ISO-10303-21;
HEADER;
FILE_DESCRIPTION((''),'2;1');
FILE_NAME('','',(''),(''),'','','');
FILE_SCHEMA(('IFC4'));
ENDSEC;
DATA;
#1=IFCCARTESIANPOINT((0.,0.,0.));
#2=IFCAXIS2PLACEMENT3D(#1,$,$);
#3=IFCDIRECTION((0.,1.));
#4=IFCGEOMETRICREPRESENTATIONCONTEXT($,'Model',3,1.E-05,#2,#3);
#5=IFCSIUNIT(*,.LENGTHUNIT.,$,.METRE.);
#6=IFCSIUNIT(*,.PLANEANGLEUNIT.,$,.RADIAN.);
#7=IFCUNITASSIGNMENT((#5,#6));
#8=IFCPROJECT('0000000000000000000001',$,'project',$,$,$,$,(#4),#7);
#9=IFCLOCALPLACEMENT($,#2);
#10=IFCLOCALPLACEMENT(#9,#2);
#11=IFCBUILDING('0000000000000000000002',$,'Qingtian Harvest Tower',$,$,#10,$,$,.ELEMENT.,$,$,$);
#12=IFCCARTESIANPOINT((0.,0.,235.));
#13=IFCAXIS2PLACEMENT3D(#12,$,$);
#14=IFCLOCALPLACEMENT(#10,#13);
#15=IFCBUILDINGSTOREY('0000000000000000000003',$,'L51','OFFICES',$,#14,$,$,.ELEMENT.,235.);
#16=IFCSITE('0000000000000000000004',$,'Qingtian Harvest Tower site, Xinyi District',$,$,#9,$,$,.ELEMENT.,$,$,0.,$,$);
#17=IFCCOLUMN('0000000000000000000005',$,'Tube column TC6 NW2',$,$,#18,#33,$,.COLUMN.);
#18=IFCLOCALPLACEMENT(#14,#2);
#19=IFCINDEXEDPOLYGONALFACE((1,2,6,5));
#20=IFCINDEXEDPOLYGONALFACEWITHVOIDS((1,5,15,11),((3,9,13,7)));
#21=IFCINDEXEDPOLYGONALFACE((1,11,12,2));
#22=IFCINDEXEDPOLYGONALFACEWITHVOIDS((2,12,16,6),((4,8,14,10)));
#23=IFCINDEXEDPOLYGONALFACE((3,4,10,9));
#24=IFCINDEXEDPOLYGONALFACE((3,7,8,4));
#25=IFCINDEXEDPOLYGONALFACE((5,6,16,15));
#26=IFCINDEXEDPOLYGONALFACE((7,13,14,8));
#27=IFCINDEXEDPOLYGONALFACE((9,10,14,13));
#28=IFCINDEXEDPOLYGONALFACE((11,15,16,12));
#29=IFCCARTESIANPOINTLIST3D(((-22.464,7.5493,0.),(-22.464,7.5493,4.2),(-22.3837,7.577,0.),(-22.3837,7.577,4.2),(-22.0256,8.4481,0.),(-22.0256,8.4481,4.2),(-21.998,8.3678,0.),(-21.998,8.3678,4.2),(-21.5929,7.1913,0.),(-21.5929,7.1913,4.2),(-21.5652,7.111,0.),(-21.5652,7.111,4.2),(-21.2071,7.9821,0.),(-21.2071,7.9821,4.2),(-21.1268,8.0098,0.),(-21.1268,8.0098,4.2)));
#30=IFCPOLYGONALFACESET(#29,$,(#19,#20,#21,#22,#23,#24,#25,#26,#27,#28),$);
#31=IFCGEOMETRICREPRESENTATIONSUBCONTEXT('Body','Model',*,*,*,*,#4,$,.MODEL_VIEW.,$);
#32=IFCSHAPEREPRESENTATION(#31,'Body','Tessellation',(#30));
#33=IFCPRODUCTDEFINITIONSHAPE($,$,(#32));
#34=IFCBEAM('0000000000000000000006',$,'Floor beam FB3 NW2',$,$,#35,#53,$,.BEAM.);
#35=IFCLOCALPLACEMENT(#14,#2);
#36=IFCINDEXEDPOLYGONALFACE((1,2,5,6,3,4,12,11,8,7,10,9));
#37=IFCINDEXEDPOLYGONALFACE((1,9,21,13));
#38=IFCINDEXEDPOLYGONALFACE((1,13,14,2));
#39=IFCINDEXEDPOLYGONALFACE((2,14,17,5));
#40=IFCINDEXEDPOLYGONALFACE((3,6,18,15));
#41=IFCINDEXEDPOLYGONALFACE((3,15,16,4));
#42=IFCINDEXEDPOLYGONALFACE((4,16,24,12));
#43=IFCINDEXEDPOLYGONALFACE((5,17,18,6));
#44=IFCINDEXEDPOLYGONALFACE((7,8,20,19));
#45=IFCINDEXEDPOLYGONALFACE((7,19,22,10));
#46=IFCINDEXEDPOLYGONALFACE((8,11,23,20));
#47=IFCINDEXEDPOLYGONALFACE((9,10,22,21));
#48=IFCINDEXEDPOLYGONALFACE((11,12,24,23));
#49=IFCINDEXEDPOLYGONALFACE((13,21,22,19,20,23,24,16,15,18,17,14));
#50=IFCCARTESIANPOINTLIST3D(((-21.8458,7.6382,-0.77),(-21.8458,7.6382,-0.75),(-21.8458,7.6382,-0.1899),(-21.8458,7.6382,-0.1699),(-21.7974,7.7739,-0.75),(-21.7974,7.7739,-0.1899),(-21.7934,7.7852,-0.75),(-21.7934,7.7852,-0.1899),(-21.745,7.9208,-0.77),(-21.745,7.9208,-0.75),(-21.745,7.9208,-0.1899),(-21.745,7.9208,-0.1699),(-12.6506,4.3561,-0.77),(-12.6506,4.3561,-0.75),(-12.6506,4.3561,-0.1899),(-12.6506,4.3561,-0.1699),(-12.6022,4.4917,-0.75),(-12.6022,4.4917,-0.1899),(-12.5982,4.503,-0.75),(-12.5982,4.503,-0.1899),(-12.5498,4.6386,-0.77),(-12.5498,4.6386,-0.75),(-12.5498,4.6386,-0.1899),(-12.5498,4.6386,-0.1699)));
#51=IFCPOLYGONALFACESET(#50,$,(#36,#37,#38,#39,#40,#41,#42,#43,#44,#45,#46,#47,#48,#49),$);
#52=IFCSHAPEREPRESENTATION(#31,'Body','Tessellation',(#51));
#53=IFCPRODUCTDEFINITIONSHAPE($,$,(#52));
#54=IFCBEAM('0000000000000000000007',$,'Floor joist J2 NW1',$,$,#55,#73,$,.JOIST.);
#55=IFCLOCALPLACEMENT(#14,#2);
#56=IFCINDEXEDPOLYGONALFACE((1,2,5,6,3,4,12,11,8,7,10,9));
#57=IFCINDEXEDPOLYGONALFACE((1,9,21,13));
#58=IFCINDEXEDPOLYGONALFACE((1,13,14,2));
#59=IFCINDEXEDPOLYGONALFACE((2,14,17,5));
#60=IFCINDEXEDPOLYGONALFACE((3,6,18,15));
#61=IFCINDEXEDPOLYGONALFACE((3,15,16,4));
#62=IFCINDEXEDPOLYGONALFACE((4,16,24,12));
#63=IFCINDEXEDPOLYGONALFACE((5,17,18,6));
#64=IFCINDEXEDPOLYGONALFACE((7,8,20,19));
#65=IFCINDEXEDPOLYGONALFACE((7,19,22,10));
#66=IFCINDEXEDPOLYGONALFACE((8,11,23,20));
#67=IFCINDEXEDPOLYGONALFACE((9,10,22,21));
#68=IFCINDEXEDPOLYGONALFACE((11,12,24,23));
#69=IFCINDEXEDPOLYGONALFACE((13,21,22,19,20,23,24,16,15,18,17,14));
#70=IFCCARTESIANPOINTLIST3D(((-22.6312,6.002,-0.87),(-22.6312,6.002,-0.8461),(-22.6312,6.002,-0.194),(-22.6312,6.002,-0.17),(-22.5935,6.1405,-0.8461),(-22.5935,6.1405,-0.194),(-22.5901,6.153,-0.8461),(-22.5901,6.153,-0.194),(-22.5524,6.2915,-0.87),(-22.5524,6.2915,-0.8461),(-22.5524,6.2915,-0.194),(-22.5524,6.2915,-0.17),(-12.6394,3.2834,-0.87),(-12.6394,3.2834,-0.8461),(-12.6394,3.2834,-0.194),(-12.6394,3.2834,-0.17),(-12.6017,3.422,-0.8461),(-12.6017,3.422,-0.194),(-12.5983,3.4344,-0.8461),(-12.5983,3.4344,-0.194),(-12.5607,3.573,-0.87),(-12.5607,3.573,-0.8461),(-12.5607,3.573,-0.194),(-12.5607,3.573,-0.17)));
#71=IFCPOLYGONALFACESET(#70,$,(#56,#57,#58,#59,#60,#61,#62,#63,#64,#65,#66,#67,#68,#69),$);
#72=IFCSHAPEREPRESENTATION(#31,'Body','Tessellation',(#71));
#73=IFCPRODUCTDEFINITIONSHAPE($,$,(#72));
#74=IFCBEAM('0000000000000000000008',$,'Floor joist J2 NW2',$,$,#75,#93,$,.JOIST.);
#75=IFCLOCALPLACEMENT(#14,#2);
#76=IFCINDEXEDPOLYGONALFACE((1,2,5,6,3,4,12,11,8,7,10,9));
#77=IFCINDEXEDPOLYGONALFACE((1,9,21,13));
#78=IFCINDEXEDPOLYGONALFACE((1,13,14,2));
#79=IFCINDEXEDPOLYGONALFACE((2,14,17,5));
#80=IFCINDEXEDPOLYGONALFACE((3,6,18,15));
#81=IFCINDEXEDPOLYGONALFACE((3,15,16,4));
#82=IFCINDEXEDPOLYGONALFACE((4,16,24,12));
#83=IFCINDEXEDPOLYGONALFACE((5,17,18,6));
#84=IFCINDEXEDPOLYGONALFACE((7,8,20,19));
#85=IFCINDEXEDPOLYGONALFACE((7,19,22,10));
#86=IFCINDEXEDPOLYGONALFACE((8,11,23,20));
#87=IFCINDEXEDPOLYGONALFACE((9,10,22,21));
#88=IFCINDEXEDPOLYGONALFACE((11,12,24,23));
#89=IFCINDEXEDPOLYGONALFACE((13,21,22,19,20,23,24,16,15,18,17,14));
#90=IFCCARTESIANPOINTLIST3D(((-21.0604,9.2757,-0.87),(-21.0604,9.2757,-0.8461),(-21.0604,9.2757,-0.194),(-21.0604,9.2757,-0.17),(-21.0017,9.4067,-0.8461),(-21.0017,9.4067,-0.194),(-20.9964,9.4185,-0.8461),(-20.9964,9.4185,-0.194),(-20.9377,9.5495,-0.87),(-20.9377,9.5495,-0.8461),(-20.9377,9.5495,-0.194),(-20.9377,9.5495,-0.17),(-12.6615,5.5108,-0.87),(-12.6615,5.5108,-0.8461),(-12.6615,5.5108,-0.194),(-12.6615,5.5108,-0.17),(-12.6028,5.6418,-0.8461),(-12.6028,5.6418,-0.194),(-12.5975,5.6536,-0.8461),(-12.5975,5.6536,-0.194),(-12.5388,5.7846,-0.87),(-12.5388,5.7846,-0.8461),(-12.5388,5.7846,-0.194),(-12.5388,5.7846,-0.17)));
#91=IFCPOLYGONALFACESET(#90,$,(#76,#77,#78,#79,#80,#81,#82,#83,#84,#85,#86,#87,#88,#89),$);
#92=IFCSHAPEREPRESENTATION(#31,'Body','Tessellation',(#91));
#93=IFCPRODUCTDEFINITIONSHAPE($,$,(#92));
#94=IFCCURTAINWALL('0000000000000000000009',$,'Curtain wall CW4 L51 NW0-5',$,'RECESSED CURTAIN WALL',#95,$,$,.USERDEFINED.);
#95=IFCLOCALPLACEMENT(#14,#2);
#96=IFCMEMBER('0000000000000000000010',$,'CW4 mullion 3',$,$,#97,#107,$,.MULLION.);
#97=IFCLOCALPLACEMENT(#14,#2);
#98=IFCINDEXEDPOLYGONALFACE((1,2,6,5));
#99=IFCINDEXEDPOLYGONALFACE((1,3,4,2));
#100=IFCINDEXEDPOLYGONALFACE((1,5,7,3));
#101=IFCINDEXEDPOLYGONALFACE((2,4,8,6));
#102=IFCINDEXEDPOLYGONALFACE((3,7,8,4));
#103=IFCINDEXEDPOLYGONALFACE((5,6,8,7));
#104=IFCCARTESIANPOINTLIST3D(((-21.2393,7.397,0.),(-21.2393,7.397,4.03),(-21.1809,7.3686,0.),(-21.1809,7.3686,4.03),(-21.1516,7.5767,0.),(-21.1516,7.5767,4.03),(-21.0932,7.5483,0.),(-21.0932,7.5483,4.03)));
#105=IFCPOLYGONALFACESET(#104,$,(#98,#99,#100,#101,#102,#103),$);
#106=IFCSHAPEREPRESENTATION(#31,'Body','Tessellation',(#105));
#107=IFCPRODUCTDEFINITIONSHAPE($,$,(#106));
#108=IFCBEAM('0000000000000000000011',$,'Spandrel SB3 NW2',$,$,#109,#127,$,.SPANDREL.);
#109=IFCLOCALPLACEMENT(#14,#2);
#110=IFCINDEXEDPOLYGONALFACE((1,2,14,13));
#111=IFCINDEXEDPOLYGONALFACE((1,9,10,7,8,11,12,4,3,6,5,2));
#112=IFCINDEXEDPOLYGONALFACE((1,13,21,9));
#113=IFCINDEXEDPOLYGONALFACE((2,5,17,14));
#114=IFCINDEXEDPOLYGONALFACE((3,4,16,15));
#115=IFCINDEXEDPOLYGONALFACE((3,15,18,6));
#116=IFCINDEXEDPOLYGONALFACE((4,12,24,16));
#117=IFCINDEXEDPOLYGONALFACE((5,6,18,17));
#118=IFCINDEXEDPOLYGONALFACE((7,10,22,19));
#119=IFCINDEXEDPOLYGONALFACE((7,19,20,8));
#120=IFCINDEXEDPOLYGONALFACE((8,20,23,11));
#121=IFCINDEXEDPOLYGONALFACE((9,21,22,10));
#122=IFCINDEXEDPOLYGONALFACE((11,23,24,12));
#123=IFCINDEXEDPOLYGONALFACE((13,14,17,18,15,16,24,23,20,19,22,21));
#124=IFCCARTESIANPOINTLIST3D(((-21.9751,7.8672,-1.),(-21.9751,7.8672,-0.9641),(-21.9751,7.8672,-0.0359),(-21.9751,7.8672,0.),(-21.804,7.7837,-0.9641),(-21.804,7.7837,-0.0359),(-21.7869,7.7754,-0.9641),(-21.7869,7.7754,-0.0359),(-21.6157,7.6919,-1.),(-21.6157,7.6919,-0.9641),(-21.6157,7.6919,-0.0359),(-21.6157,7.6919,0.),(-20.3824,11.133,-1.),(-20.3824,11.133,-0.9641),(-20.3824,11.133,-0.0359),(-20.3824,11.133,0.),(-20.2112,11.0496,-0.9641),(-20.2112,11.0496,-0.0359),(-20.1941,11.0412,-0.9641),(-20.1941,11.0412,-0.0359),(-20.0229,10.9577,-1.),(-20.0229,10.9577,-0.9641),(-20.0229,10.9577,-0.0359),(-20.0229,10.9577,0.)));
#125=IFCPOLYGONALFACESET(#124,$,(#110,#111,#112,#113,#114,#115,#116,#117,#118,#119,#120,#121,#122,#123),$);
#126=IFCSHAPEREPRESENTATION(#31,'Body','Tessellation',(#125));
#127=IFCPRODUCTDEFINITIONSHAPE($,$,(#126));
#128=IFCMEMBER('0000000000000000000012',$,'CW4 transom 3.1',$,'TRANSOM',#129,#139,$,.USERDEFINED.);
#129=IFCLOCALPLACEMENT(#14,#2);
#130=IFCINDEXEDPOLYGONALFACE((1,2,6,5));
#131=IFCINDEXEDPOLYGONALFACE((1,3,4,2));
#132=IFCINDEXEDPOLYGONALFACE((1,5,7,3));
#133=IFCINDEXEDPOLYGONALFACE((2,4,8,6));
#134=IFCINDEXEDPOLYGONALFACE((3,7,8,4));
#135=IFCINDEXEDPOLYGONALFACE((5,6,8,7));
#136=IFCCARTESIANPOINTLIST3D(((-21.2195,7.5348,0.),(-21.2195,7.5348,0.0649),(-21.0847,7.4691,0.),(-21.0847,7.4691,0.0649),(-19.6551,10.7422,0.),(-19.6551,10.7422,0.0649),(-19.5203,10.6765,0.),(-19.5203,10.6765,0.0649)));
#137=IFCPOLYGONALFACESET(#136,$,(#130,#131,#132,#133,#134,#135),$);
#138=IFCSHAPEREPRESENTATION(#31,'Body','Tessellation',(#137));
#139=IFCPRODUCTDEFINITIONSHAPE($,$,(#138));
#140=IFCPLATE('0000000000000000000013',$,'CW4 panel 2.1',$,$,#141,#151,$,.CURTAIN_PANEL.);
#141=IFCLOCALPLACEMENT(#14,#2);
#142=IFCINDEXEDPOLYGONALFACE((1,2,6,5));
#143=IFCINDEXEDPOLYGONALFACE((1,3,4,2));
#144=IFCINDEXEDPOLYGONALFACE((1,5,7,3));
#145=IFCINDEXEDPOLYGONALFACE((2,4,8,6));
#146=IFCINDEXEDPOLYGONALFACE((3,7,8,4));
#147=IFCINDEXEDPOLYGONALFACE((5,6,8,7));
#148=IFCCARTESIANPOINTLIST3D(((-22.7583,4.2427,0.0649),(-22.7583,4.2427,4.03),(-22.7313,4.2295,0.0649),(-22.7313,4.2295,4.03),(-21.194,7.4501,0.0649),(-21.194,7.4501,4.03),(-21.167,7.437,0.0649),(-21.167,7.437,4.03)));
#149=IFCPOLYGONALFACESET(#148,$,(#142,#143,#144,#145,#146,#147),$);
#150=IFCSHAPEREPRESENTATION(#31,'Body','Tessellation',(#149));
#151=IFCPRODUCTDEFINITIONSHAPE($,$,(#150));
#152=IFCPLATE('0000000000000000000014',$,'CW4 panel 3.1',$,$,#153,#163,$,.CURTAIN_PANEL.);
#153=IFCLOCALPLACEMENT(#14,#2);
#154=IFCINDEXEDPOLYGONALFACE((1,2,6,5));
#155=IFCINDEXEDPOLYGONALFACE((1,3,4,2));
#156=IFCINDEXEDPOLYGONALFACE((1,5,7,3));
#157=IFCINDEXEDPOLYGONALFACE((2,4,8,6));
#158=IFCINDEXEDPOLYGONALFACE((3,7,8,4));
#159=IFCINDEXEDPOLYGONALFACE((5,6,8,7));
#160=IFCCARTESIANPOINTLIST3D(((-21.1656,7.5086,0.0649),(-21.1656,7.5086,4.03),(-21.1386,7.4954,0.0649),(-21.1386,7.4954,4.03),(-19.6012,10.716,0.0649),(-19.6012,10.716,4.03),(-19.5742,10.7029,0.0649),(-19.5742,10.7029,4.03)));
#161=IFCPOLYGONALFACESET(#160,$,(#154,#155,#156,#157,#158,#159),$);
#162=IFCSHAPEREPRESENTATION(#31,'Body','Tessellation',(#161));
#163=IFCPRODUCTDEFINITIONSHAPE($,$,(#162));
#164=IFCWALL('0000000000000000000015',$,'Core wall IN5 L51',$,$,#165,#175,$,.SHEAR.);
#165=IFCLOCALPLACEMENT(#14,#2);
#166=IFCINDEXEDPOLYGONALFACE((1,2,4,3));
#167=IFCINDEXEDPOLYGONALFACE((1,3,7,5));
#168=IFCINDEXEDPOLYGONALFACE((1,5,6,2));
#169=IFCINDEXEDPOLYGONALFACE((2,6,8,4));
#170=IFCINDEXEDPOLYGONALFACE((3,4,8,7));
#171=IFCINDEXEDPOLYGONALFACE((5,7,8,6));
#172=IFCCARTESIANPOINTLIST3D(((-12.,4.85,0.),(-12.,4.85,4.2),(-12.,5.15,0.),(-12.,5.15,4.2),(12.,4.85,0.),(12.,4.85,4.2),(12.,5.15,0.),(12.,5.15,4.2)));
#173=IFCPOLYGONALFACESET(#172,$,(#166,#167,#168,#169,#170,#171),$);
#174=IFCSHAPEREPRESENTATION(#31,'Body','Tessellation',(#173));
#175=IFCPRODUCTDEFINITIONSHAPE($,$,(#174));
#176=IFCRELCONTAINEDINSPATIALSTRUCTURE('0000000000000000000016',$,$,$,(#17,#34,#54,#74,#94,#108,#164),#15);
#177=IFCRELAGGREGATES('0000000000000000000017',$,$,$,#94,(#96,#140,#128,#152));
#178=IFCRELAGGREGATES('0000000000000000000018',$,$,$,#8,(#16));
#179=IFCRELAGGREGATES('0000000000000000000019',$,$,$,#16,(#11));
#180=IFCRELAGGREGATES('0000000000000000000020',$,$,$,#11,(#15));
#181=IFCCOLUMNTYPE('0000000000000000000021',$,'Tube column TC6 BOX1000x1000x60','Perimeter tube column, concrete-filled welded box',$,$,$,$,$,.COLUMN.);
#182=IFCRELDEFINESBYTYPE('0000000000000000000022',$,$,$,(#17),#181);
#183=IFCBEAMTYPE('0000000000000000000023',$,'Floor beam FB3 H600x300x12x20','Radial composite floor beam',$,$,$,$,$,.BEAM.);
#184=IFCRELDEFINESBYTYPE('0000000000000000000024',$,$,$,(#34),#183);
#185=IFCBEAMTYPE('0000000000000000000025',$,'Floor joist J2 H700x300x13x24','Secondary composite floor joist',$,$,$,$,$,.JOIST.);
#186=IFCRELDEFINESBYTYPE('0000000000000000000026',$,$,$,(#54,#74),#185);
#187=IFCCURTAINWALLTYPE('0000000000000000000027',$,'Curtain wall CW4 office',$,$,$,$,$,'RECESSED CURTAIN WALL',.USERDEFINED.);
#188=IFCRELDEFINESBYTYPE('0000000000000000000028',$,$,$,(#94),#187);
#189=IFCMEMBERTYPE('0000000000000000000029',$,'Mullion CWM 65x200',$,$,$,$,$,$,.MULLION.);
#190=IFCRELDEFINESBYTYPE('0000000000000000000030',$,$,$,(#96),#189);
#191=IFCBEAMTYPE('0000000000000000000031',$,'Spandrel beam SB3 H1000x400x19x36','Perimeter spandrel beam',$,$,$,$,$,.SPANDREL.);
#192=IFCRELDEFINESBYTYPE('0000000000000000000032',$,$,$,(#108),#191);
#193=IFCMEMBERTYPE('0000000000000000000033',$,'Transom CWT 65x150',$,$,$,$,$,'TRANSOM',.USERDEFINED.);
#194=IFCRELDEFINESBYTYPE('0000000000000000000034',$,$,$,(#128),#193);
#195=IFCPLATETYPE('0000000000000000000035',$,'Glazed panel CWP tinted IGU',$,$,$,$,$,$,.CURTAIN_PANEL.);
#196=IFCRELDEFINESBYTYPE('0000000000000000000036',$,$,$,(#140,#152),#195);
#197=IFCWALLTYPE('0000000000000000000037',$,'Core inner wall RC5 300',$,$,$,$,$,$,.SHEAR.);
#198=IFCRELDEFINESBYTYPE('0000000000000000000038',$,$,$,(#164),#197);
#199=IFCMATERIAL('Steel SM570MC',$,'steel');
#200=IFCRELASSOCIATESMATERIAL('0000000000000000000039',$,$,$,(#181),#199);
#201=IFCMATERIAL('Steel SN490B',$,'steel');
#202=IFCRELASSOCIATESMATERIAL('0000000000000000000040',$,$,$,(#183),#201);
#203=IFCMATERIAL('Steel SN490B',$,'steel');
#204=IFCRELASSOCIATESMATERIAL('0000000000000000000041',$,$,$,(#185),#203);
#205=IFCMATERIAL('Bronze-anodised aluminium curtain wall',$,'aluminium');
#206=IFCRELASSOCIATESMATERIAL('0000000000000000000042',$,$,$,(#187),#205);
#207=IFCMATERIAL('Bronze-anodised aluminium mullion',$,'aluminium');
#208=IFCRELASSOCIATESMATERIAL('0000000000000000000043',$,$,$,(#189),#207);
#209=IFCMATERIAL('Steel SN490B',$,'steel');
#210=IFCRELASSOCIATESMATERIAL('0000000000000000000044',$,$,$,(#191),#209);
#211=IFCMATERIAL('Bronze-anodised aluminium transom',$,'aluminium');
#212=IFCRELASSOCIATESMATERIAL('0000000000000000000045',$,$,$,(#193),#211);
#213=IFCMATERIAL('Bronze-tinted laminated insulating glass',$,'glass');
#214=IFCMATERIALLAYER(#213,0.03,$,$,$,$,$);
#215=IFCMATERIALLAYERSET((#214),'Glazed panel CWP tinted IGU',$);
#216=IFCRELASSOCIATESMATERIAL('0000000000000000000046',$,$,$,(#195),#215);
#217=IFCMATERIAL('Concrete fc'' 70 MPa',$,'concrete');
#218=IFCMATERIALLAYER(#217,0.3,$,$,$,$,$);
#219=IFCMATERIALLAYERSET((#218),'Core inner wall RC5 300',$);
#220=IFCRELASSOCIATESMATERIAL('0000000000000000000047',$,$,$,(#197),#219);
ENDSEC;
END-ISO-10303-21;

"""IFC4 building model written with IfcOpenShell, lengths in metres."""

from ifc_helpers import new_model, si_unit, direction, frame, frame_2d, origin, origin_2d, place, context, subcontext, project, spatial, rectangle, hollow_rectangle, i_section, extrude, material, layer, layer_set, material_profile, profile_set, type_object, element, aggregate, save


model = new_model("IFC4")

# Units and contexts
model_context = context("Model", 3, precision=1e-05, world=origin(), true_north=direction((0.0, 1.0)))
body_context = subcontext(model_context, "Body", "Model", "MODEL_VIEW")
ifc_project = project(units=[si_unit("LENGTHUNIT", "METRE"), si_unit("PLANEANGLEUNIT", "RADIAN")], contexts=[model_context])

# Site, building, storey
site_placement = place(None, origin())
site = spatial("IfcSite", under=ifc_project, at=site_placement, Name="Qingtian Harvest Tower site, Xinyi District", CompositionType="ELEMENT", RefElevation=0.0)
building_placement = place(site_placement, origin())
building = spatial("IfcBuilding", under=site, at=building_placement, Name="Qingtian Harvest Tower", CompositionType="ELEMENT")
storey_placement = place(building_placement, frame((0.0, 0.0, 235.0)))
storey = spatial("IfcBuildingStorey", under=building, at=storey_placement, Name="L51", Description="OFFICES", CompositionType="ELEMENT", Elevation=235.0)

# Column
ifc_material_1 = material(Name="Steel SM570MC", Category="steel")
ifc_material_profile_1 = material_profile(ifc_material_1, hollow_rectangle(XDim=1.0, YDim=1.0, WallThickness=0.0601, at=origin_2d()), Name="BOX1000x1000x60")
ifc_profile_set_1 = profile_set([ifc_material_profile_1], Name="Steel SM570MC")
column_type = type_object("IfcColumnType", Name="Tube column TC6 BOX1000x1000x60", Description="Perimeter tube column, concrete-filled welded box", PredefinedType="COLUMN", material=ifc_profile_set_1)
column_placement = place(storey_placement, frame((-21.7954, 7.7795, 0.0), z_axis=(0.0, 0.0, 1.0), x_axis=(-0.438371, -0.898794, 0.0)))
element("IfcColumn", 1, at=column_placement, inside=storey, type_object=column_type, Name="Tube column TC6 NW2", PredefinedType="COLUMN", context=body_context, shape_type="SweptSolid", body=[
    extrude(hollow_rectangle(XDim=1.0, YDim=1.0, WallThickness=0.0601, at=origin_2d()), origin(), (0.0, 0.0, 1.0), 4.2),
])

# Beams
ifc_material_2 = material(Name="Steel SN490B", Category="steel")
ifc_material_profile_2 = material_profile(ifc_material_2, i_section(OverallWidth=0.3, OverallDepth=0.6001, WebThickness=0.012, FlangeThickness=0.02, at=origin_2d()), Name="H600x300x12x20")
ifc_profile_set_2 = profile_set([ifc_material_profile_2], Name="Steel SN490B")
beam_type_1 = type_object("IfcBeamType", Name="Floor beam FB3 H600x300x12x20", Description="Radial composite floor beam", PredefinedType="BEAM", material=ifc_profile_set_2)
beam_1_placement = place(storey_placement, frame((-21.7954, 7.7795, -0.47), z_axis=(0.941801, -0.336172, 0.0), x_axis=(0.336172, 0.941801, 0.0)))
element("IfcBeam", 2, at=beam_1_placement, inside=storey, type_object=beam_type_1, Name="Floor beam FB3 NW2", PredefinedType="BEAM", context=body_context, shape_type="SweptSolid", body=[
    extrude(i_section(OverallWidth=0.3, OverallDepth=0.6001, WebThickness=0.012, FlangeThickness=0.02, at=origin_2d()), origin(), (0.0, 0.0, 1.0), 9.7634),
])
ifc_material_3 = material(Name="Steel SN490B", Category="steel")
ifc_material_profile_3 = material_profile(ifc_material_3, i_section(OverallWidth=0.3, OverallDepth=0.7, WebThickness=0.0129, FlangeThickness=0.0239, at=origin_2d()), Name="H700x300x13x24")
ifc_profile_set_3 = profile_set([ifc_material_profile_3], Name="Steel SN490B")
beam_type_2 = type_object("IfcBeamType", Name="Floor joist J2 H700x300x13x24", Description="Secondary composite floor joist", PredefinedType="JOIST", material=ifc_profile_set_3)
beam_2_placement = place(storey_placement, frame((-22.5918, 6.1467, -0.52), z_axis=(0.964923, -0.262533, 0.0), x_axis=(0.262533, 0.964923, 0.0)))
element("IfcBeam", 3, at=beam_2_placement, inside=storey, type_object=beam_type_2, Name="Floor joist J2 NW1", PredefinedType="JOIST", context=body_context, shape_type="SweptSolid", body=[
    extrude(i_section(OverallWidth=0.3, OverallDepth=0.7, WebThickness=0.0129, FlangeThickness=0.0239, at=origin_2d()), origin(), (0.0, 0.0, 1.0), 10.355),
])
beam_3_placement = place(storey_placement, frame((-20.999, 9.4126, -0.52), z_axis=(0.912515, -0.409043, 0.0), x_axis=(0.409043, 0.912515, 0.0)))
element("IfcBeam", 4, at=beam_3_placement, inside=storey, type_object=beam_type_2, Name="Floor joist J2 NW2", PredefinedType="JOIST", context=body_context, shape_type="SweptSolid", body=[
    extrude(i_section(OverallWidth=0.3, OverallDepth=0.7, WebThickness=0.0129, FlangeThickness=0.0239, at=origin_2d()), origin(), (0.0, 0.0, 1.0), 9.2041),
])

# Curtain wall, member
ifc_material_4 = material(Name="Bronze-anodised aluminium curtain wall", Category="aluminium")
curtain_wall_type = type_object("IfcCurtainWallType", Name="Curtain wall CW4 office", ElementType="RECESSED CURTAIN WALL", PredefinedType="USERDEFINED", material=ifc_material_4)
curtain_wall_placement = place(storey_placement, origin())
curtain_wall = element("IfcCurtainWall", 5, at=curtain_wall_placement, inside=storey, type_object=curtain_wall_type, Name="Curtain wall CW4 L51 NW0-5", ObjectType="RECESSED CURTAIN WALL", PredefinedType="USERDEFINED")
ifc_material_5 = material(Name="Bronze-anodised aluminium mullion", Category="aluminium")
ifc_material_profile_4 = material_profile(ifc_material_5, rectangle(XDim=0.0649, YDim=0.2, at=origin_2d()), Name="AL 65x200")
ifc_profile_set_4 = profile_set([ifc_material_profile_4], Name="Bronze-anodised aluminium mullion")
member_type_1 = type_object("IfcMemberType", Name="Mullion CWM 65x200", PredefinedType="MULLION", material=ifc_profile_set_4)
member_1_placement = place(storey_placement, frame((-21.1663, 7.4727, 0.0), z_axis=(0.0, 0.0, 1.0), x_axis=(-0.898794, 0.438371, 0.0)))
member_1 = element("IfcMember", 6, at=member_1_placement, type_object=member_type_1, Name="CW4 mullion 3", PredefinedType="MULLION", context=body_context, shape_type="SweptSolid", body=[
    extrude(rectangle(XDim=0.0649, YDim=0.2, at=origin_2d()), origin(), (0.0, 0.0, 1.0), 4.03),
])

# Beam
ifc_material_6 = material(Name="Steel SN490B", Category="steel")
ifc_material_profile_5 = material_profile(ifc_material_6, i_section(OverallWidth=0.3999, OverallDepth=1.0, WebThickness=0.019, FlangeThickness=0.0359, at=origin_2d()), Name="H1000x400x19x36")
ifc_profile_set_5 = profile_set([ifc_material_profile_5], Name="Steel SN490B")
beam_type_3 = type_object("IfcBeamType", Name="Spandrel beam SB3 H1000x400x19x36", Description="Perimeter spandrel beam", PredefinedType="SPANDREL", material=ifc_profile_set_5)
beam_4_placement = place(storey_placement, frame((-21.7954, 7.7795, -0.5), z_axis=(0.438349, 0.898805, 0.0), x_axis=(-0.898805, 0.438349, 0.0)))
element("IfcBeam", 7, at=beam_4_placement, inside=storey, type_object=beam_type_3, Name="Spandrel SB3 NW2", PredefinedType="SPANDREL", context=body_context, shape_type="SweptSolid", body=[
    extrude(i_section(OverallWidth=0.3999, OverallDepth=1.0, WebThickness=0.019, FlangeThickness=0.0359, at=origin_2d()), origin(), (0.0, 0.0, 1.0), 3.6335),
])

# Member
ifc_material_7 = material(Name="Bronze-anodised aluminium transom", Category="aluminium")
ifc_material_profile_6 = material_profile(ifc_material_7, rectangle(XDim=0.1499, YDim=0.0649, at=origin_2d()), Name="AL 65x150")
ifc_profile_set_6 = profile_set([ifc_material_profile_6], Name="Bronze-anodised aluminium transom")
member_type_2 = type_object("IfcMemberType", Name="Transom CWT 65x150", ElementType="TRANSOM", PredefinedType="USERDEFINED", material=ifc_profile_set_6)
member_2_placement = place(storey_placement, frame((-21.1521, 7.502, 0.0325), z_axis=(0.438381, 0.898789, 0.0), x_axis=(-0.898789, 0.438381, 0.0)))
member_2 = element("IfcMember", 8, at=member_2_placement, type_object=member_type_2, Name="CW4 transom 3.1", ObjectType="TRANSOM", PredefinedType="USERDEFINED", context=body_context, shape_type="SweptSolid", body=[
    extrude(rectangle(XDim=0.1499, YDim=0.0649, at=origin_2d()), origin(), (0.0, 0.0, 1.0), 3.5686),
])

# Plates
ifc_material_8 = material(Name="Bronze-tinted laminated insulating glass", Category="glass")
ifc_layer_1 = layer(ifc_material_8, 0.03)
ifc_layer_set_1 = layer_set([ifc_layer_1], Name="Glazed panel CWP tinted IGU")
plate_type = type_object("IfcPlateType", Name="Glazed panel CWP tinted IGU", PredefinedType="CURTAIN_PANEL", material=ifc_layer_set_1)
plate_1_placement = place(storey_placement, frame((-21.9626, 5.8398, 0.0649), z_axis=(0.0, 0.0, 1.0), x_axis=(0.438371, 0.898794, 0.0)))
plate_1 = element("IfcPlate", 9, at=plate_1_placement, type_object=plate_type, Name="CW4 panel 2.1", PredefinedType="CURTAIN_PANEL", context=body_context, shape_type="SweptSolid", body=[
    extrude(rectangle(XDim=3.5686, YDim=0.03, at=origin_2d()), origin(), (0.0, 0.0, 1.0), 3.9651),
])
plate_2_placement = place(storey_placement, frame((-20.3699, 9.1057, 0.0649), z_axis=(0.0, 0.0, 1.0), x_axis=(0.438371, 0.898794, 0.0)))
plate_2 = element("IfcPlate", 10, at=plate_2_placement, type_object=plate_type, Name="CW4 panel 3.1", PredefinedType="CURTAIN_PANEL", context=body_context, shape_type="SweptSolid", body=[
    extrude(rectangle(XDim=3.5686, YDim=0.03, at=origin_2d()), origin(), (0.0, 0.0, 1.0), 3.9651),
])
aggregate(curtain_wall, [member_1, plate_1, member_2, plate_2])

# Wall
ifc_material_9 = material(Name="Concrete fc' 70 MPa", Category="concrete")
ifc_layer_2 = layer(ifc_material_9, 0.3)
ifc_layer_set_2 = layer_set([ifc_layer_2], Name="Core inner wall RC5 300")
wall_type_1 = type_object("IfcWallType", Name="Core inner wall RC5 300", PredefinedType="SHEAR", material=ifc_layer_set_2)
wall_1_placement = place(storey_placement, frame((-12.0, 5.0, 0.0), z_axis=(0.0, 0.0, 1.0), x_axis=(1.0, 0.0, 0.0)))
element("IfcWall", 11, at=wall_1_placement, inside=storey, type_object=wall_type_1, Name="Core wall IN5 L51", PredefinedType="SHEAR", context=body_context, shape_type="SweptSolid", body=[
    extrude(rectangle(XDim=24.0, YDim=0.3, at=frame_2d((12.0, 0.0))), origin(), (0.0, 0.0, 1.0), 4.2),
])

save(model, "model.ifc")
